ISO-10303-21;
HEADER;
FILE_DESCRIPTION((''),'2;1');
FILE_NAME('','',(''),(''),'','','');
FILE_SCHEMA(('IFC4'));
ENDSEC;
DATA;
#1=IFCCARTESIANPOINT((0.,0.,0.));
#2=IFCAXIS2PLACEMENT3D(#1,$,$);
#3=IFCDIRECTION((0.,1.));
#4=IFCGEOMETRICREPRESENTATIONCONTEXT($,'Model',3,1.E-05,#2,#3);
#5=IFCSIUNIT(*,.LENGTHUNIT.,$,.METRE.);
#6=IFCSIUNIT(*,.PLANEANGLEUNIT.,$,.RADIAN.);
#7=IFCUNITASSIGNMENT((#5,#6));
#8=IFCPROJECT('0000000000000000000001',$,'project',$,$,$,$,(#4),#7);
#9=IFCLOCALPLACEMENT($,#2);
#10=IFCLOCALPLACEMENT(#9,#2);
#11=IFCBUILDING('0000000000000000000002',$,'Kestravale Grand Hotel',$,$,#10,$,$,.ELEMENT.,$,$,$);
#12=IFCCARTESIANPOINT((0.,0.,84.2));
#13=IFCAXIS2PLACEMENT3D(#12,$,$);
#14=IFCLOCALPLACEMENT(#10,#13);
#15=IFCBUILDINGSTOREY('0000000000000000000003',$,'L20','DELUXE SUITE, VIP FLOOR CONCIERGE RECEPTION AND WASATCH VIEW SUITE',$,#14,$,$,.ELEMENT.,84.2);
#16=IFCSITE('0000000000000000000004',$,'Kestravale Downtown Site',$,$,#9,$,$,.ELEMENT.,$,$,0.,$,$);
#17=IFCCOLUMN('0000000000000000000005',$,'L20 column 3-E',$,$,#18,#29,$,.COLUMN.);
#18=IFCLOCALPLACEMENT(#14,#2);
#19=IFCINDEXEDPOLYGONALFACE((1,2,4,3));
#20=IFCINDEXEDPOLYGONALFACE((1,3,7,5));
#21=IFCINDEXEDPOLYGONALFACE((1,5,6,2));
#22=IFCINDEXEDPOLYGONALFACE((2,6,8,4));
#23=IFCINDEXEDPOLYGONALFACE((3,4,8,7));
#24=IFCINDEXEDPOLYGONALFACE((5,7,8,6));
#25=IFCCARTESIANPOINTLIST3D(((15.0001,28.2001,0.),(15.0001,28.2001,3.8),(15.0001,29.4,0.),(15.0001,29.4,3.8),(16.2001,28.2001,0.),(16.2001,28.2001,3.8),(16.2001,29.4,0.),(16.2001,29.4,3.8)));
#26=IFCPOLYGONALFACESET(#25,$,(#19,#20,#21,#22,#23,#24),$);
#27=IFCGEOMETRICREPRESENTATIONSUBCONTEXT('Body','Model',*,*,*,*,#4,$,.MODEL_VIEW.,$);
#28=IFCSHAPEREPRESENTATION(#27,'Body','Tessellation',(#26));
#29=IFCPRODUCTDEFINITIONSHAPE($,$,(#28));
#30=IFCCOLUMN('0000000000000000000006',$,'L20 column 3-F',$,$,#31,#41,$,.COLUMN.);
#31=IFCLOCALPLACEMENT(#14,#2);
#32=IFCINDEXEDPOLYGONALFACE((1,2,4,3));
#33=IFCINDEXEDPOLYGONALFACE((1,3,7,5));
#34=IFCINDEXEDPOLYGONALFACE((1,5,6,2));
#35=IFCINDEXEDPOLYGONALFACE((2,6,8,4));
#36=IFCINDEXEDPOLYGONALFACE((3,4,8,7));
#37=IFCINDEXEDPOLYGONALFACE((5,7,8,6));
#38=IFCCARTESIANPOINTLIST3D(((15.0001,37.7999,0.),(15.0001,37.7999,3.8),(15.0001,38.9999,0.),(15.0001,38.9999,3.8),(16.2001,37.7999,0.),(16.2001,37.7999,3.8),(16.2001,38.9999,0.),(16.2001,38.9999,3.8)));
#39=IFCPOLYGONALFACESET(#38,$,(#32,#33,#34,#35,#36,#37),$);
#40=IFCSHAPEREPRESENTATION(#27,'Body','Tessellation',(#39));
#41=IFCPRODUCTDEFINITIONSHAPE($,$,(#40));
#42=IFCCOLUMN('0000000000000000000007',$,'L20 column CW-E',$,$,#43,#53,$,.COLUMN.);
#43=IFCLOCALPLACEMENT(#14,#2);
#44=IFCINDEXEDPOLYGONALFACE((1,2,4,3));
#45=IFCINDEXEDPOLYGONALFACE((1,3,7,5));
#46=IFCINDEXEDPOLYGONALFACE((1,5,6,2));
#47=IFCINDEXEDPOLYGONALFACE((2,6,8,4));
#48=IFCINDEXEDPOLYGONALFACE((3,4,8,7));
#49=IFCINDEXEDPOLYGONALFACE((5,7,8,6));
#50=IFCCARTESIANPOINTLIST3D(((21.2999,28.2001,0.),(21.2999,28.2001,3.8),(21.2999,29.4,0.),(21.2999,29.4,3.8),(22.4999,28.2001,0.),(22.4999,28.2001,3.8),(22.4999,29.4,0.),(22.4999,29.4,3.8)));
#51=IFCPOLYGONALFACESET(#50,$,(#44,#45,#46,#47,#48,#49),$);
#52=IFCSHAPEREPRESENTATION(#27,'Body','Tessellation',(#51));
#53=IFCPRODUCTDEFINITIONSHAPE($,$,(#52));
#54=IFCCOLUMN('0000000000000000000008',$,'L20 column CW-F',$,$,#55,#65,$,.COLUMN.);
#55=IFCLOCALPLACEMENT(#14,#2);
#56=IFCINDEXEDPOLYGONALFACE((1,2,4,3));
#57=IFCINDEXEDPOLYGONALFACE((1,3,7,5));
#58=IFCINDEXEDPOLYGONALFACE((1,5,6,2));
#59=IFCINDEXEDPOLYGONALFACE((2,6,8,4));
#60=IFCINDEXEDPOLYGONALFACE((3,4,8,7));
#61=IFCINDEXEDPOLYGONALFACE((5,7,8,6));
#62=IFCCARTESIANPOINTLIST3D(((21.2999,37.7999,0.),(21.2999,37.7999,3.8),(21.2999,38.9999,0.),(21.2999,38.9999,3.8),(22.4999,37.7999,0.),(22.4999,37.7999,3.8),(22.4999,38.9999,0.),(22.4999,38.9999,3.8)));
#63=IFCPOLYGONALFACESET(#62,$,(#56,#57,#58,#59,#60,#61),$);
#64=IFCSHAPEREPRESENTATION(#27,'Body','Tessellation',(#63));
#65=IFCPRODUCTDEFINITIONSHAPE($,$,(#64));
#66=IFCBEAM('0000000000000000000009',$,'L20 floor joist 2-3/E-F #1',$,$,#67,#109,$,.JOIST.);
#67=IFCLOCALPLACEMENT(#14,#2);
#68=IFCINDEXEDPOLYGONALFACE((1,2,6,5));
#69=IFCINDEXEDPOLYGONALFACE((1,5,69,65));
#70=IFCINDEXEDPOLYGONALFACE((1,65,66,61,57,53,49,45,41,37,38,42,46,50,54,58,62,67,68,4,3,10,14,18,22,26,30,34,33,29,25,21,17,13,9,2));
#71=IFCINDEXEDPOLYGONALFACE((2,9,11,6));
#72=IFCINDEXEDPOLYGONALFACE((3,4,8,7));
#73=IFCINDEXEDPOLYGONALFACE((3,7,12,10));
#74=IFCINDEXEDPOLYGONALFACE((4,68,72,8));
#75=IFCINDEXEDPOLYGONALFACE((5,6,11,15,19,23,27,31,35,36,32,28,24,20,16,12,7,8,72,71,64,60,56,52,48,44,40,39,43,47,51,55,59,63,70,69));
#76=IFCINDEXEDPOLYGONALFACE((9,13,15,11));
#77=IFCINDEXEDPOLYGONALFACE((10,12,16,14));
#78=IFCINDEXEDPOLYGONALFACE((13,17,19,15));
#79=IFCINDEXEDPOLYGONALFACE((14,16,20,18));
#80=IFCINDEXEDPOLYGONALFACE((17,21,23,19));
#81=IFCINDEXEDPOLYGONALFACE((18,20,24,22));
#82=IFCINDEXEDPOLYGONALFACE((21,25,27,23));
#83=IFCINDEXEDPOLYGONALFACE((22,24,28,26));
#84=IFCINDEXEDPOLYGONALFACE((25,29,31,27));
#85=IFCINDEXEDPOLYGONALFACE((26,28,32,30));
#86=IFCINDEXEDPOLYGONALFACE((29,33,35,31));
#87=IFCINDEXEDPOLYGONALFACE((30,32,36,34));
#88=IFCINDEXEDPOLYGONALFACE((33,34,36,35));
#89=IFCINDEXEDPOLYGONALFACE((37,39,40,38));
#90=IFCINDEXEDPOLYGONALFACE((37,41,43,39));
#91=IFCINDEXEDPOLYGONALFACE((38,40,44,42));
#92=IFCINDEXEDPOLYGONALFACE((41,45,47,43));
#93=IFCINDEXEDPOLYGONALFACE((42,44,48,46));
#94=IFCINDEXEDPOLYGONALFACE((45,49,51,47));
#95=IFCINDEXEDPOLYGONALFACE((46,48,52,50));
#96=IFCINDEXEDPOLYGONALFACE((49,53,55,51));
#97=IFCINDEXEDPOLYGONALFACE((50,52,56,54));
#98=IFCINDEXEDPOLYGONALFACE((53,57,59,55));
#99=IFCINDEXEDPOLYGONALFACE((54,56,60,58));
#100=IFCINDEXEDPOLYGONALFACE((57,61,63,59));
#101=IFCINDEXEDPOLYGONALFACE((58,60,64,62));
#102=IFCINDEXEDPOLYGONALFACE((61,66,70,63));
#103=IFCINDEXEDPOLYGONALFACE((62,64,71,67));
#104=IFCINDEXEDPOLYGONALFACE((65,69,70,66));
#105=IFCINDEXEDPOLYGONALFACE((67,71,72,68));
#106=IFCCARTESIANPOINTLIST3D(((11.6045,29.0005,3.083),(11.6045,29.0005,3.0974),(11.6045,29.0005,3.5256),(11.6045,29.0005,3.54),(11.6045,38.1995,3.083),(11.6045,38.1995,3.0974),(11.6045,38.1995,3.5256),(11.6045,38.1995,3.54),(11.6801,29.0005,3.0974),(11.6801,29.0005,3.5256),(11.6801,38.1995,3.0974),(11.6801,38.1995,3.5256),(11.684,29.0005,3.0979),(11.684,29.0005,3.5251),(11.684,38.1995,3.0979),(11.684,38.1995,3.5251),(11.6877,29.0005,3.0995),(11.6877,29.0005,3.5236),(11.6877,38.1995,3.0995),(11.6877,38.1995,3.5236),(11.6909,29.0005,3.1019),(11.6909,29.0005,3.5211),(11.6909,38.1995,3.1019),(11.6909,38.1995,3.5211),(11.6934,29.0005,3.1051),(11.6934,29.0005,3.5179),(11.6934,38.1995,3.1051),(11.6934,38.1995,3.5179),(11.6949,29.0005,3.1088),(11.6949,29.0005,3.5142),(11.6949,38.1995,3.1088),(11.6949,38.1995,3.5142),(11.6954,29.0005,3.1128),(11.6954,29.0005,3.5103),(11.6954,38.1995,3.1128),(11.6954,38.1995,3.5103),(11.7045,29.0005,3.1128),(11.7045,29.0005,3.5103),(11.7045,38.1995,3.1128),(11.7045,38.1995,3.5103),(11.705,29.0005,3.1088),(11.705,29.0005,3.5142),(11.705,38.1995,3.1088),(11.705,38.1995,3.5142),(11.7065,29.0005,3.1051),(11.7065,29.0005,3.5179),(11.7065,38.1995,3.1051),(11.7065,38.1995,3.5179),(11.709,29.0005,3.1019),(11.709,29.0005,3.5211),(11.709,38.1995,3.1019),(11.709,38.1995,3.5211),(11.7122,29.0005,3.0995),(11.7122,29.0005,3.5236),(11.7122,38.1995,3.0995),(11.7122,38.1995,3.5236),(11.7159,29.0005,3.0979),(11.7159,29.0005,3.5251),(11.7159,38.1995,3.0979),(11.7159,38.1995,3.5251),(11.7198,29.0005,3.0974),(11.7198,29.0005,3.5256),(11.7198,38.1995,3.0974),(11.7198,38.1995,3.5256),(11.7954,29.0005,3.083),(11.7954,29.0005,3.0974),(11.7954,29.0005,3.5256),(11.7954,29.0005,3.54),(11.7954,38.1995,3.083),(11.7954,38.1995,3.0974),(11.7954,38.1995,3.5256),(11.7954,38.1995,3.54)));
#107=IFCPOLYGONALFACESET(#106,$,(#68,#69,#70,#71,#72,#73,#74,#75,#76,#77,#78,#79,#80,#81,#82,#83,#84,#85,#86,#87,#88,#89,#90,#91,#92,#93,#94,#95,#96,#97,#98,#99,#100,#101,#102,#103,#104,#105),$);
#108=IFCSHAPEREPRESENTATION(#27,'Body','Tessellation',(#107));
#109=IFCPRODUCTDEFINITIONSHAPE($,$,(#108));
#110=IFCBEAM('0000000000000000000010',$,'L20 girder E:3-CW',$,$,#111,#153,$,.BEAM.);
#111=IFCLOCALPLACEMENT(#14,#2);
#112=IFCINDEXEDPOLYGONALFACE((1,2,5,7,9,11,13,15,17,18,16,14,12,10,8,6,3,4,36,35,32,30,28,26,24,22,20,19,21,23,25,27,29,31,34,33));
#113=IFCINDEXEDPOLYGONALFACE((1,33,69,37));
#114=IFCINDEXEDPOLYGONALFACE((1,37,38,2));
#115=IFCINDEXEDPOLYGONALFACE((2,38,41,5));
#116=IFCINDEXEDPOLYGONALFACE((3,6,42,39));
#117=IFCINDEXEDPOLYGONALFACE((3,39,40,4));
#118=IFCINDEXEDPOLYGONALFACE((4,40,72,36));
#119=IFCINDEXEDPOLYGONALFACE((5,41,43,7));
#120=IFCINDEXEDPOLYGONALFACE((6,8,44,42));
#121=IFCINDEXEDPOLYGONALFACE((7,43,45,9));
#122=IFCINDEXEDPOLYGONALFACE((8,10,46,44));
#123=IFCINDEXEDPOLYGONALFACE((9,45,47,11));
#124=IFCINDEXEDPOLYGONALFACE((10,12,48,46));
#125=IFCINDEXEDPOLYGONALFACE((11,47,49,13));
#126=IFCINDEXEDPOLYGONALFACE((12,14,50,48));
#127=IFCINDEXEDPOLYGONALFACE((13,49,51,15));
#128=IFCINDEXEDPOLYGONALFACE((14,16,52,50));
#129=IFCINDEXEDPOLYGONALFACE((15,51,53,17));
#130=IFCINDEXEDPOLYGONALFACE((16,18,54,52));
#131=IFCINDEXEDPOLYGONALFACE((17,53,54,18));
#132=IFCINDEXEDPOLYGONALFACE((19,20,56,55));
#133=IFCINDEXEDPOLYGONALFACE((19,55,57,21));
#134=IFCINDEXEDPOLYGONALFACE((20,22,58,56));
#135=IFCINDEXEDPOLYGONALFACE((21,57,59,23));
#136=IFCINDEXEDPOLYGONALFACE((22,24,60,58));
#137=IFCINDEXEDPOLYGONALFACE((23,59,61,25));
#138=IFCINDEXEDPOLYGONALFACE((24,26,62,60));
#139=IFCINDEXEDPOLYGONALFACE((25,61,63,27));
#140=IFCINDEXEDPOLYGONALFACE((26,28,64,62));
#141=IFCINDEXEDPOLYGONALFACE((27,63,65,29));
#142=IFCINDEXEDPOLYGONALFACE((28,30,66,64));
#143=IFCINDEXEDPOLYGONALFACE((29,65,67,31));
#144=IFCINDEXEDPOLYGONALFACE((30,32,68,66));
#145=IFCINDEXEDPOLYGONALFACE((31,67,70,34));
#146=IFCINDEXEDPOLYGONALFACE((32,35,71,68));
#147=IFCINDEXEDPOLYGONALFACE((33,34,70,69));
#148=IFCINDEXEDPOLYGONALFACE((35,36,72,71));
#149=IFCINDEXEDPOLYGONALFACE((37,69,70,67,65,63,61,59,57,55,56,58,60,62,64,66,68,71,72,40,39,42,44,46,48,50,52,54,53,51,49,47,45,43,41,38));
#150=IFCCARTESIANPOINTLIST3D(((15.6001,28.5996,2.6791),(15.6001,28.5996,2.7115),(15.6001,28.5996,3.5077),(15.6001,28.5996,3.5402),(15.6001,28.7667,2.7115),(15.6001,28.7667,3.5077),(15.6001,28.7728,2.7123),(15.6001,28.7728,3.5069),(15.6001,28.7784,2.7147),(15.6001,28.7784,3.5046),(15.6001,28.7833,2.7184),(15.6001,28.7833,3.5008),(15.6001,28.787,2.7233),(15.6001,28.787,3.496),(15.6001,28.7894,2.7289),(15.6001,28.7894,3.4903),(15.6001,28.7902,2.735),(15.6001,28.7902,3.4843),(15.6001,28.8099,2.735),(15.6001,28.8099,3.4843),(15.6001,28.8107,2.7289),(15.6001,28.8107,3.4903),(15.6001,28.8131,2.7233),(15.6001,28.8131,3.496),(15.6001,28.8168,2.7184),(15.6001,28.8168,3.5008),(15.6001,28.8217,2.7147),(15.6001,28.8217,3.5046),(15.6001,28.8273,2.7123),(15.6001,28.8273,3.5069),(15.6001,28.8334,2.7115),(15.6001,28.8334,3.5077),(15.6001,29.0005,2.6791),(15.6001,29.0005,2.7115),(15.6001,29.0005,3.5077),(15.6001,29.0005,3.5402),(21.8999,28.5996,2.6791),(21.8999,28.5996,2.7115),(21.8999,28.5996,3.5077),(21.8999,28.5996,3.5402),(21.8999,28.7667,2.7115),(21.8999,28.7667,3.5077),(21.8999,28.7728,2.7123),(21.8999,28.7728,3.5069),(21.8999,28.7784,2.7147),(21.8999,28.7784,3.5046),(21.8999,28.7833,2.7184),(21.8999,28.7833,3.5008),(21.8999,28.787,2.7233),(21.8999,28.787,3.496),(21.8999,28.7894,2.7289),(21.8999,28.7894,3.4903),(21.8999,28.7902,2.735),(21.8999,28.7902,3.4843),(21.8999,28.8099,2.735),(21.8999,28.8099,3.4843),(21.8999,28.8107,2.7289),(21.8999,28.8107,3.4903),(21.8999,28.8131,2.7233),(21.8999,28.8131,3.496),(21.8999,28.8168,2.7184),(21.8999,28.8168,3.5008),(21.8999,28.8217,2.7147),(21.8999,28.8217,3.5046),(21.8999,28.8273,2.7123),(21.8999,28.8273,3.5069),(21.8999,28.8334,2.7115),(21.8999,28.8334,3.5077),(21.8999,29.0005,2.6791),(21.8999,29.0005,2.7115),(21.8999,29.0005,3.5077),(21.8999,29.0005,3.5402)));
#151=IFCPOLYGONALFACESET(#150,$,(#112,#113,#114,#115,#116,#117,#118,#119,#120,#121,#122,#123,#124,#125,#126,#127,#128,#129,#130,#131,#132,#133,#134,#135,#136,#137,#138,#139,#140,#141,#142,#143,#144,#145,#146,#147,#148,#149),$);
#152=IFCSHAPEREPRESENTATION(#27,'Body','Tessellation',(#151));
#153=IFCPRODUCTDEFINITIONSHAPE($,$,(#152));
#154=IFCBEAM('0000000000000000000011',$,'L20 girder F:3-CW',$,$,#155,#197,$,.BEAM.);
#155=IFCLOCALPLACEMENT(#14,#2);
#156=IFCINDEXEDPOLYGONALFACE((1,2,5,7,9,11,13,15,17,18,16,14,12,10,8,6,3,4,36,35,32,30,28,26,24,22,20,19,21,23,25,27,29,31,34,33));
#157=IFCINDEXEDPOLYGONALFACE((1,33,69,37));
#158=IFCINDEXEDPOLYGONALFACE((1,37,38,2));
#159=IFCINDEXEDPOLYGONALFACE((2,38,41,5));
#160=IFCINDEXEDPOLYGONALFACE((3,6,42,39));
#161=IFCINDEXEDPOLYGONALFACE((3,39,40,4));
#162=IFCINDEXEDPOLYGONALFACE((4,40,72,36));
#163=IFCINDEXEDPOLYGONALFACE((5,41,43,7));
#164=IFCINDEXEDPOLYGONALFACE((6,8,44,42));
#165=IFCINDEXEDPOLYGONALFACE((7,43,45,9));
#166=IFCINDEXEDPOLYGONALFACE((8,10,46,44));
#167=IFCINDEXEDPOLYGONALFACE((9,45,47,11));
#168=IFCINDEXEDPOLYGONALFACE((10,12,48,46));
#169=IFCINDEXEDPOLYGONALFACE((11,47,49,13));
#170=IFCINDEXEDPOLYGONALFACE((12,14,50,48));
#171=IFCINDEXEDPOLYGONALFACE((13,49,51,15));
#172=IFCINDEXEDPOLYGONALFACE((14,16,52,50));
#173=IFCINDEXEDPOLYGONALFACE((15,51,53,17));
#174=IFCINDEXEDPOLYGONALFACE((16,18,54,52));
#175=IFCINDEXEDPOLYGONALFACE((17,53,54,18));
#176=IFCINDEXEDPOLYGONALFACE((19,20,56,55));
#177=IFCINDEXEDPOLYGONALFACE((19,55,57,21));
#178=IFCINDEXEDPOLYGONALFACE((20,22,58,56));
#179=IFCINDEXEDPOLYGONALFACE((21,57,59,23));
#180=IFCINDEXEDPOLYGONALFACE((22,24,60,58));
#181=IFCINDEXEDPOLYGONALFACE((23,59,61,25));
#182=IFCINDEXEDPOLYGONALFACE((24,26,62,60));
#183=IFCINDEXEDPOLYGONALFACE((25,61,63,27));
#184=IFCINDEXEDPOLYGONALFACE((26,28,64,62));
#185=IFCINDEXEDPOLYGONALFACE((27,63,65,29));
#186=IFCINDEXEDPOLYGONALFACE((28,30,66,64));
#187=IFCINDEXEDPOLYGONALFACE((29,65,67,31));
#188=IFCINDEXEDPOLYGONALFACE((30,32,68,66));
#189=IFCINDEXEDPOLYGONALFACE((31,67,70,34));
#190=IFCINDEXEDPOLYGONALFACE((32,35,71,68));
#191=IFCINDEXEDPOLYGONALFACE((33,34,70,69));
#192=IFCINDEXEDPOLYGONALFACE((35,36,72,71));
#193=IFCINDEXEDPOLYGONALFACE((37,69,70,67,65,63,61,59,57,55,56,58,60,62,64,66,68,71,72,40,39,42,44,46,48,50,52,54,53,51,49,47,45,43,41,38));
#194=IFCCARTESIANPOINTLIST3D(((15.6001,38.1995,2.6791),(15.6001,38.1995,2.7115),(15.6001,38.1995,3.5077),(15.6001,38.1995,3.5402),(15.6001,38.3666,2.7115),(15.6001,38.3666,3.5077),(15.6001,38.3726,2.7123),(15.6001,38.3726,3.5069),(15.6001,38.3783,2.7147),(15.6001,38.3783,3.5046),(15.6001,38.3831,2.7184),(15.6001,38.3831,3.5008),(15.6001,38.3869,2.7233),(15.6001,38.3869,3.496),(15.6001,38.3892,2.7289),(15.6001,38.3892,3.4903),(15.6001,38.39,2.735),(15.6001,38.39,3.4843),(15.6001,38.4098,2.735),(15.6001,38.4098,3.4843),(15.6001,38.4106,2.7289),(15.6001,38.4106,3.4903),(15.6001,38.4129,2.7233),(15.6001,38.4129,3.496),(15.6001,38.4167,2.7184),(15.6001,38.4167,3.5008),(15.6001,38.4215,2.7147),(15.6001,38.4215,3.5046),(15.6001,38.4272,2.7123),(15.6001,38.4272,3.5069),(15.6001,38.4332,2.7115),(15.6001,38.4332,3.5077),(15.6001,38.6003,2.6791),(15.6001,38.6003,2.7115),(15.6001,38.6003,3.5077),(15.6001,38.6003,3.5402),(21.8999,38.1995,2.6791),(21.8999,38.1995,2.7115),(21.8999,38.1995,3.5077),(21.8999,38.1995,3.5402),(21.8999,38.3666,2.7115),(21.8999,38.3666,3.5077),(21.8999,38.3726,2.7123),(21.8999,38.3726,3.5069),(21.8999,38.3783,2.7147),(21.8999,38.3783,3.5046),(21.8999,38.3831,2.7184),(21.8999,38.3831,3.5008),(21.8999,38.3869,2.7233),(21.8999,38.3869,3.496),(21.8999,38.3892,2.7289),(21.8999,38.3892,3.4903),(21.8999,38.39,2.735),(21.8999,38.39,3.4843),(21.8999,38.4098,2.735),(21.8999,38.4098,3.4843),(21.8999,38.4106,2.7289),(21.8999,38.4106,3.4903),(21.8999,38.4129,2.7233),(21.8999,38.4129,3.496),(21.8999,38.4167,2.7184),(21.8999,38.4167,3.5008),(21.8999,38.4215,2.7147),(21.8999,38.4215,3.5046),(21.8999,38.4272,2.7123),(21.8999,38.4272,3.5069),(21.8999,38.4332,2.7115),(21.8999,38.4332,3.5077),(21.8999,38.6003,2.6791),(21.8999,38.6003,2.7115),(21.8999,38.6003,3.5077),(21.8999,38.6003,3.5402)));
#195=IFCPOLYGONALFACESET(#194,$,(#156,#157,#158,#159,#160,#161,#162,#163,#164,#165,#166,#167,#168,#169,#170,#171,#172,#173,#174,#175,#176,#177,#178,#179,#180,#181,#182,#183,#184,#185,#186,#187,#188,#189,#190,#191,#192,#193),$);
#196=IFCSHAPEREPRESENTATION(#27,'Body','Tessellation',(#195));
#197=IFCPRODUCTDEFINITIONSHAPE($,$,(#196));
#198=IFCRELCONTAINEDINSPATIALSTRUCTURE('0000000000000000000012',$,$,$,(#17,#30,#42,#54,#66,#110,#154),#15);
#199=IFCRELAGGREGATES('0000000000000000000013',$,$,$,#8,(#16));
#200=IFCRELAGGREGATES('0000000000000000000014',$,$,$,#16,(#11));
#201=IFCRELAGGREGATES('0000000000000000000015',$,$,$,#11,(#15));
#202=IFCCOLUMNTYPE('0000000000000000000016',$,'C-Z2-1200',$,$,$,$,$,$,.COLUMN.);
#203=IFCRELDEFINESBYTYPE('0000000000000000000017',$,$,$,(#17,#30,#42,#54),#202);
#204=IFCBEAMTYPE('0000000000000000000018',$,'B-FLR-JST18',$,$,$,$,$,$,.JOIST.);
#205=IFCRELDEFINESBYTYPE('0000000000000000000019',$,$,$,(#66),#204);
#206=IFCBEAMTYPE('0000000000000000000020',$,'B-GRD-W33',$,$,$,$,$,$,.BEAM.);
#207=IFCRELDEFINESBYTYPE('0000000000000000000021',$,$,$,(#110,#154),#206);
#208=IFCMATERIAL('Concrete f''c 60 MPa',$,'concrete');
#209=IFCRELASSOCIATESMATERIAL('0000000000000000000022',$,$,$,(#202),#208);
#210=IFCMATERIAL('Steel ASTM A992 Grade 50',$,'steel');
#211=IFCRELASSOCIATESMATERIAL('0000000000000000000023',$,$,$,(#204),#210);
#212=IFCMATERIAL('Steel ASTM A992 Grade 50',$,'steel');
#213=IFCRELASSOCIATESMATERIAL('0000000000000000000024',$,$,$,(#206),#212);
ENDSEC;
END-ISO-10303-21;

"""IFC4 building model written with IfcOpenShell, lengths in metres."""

from ifc_helpers import new_model, si_unit, direction, frame, origin, origin_2d, place, context, subcontext, project, spatial, rectangle, i_section, extrude, material, material_profile, profile_set, type_object, element, save


model = new_model("IFC4")

# Units and contexts
model_context = context("Model", 3, precision=1e-05, world=origin(), true_north=direction((0.0, 1.0)))
body_context = subcontext(model_context, "Body", "Model", "MODEL_VIEW")
ifc_project = project(units=[si_unit("LENGTHUNIT", "METRE"), si_unit("PLANEANGLEUNIT", "RADIAN")], contexts=[model_context])

# Site, building, storey
site_placement = place(None, origin())
site = spatial("IfcSite", under=ifc_project, at=site_placement, Name="Kestravale Downtown Site", CompositionType="ELEMENT", RefElevation=0.0)
building_placement = place(site_placement, origin())
building = spatial("IfcBuilding", under=site, at=building_placement, Name="Kestravale Grand Hotel", CompositionType="ELEMENT")
storey_placement = place(building_placement, frame((0.0, 0.0, 84.2)))
storey = spatial("IfcBuildingStorey", under=building, at=storey_placement, Name="L20", Description="DELUXE SUITE, VIP FLOOR CONCIERGE RECEPTION AND WASATCH VIEW SUITE", CompositionType="ELEMENT", Elevation=84.2)

# Columns
ifc_material_1 = material(Name="Concrete f'c 60 MPa", Category="concrete")
ifc_material_profile_1 = material_profile(ifc_material_1, rectangle(XDim=1.2, YDim=1.2, at=origin_2d()))
ifc_profile_set_1 = profile_set([ifc_material_profile_1], Name="Concrete f'c 60 MPa")
column_type = type_object("IfcColumnType", Name="C-Z2-1200", PredefinedType="COLUMN", material=ifc_profile_set_1)
for number, where, z_axis, x_axis, name in (
    (1, (15.6001, 28.8, 0.0), (0.0, 0.0, 1.0), (1.0, 0.0, 0.0), "L20 column 3-E"),
    (2, (15.6001, 38.3999, 0.0), (0.0, 0.0, 1.0), (1.0, 0.0, 0.0), "L20 column 3-F"),
    (3, (21.8999, 28.8, 0.0), (0.0, 0.0, 1.0), (1.0, 0.0, 0.0), "L20 column CW-E"),
    (4, (21.8999, 38.3999, 0.0), (0.0, 0.0, 1.0), (1.0, 0.0, 0.0), "L20 column CW-F"),
):
    element("IfcColumn", number, at=place(storey_placement, frame(where, z_axis=z_axis, x_axis=x_axis)), inside=storey, type_object=column_type, Name=name, PredefinedType="COLUMN", context=body_context, shape_type="SweptSolid", body=[
        extrude(rectangle(XDim=1.2, YDim=1.2, at=origin_2d()), origin(), (0.0, 0.0, 1.0), 3.8),
    ])

# Beams
ifc_material_2 = material(Name="Steel ASTM A992 Grade 50", Category="steel")
ifc_material_profile_2 = material_profile(ifc_material_2, i_section(OverallWidth=0.1909, OverallDepth=0.457, WebThickness=0.009, FlangeThickness=0.0144, FilletRadius=0.0154, at=origin_2d()))
ifc_profile_set_2 = profile_set([ifc_material_profile_2], Name="Steel ASTM A992 Grade 50")
beam_type_1 = type_object("IfcBeamType", Name="B-FLR-JST18", PredefinedType="JOIST", material=ifc_profile_set_2)
beam_1_placement = place(storey_placement, frame((11.7, 29.0005, 3.3115), z_axis=(0.0, 1.0, 0.0), x_axis=(-1.0, 0.0, 0.0)))
element("IfcBeam", 5, at=beam_1_placement, inside=storey, type_object=beam_type_1, Name="L20 floor joist 2-3/E-F #1", PredefinedType="JOIST", context=body_context, shape_type="SweptSolid", body=[
    extrude(i_section(OverallWidth=0.1909, OverallDepth=0.457, WebThickness=0.009, FlangeThickness=0.0144, FilletRadius=0.0154, at=origin_2d()), origin(), (0.0, 0.0, 1.0), 9.199),
])
ifc_material_3 = material(Name="Steel ASTM A992 Grade 50", Category="steel")
ifc_material_profile_3 = material_profile(ifc_material_3, i_section(OverallWidth=0.4009, OverallDepth=0.8611, WebThickness=0.0198, FlangeThickness=0.0325, FilletRadius=0.0234, at=origin_2d()))
ifc_profile_set_3 = profile_set([ifc_material_profile_3], Name="Steel ASTM A992 Grade 50")
beam_type_2 = type_object("IfcBeamType", Name="B-GRD-W33", PredefinedType="BEAM", material=ifc_profile_set_3)
for number, where, z_axis, x_axis, name in (
    (6, (15.6001, 28.8, 3.1096), (1.0, 0.0, 0.0), (0.0, 1.0, 0.0), "L20 girder E:3-CW"),
    (7, (15.6001, 38.3999, 3.1096), (1.0, 0.0, 0.0), (0.0, 1.0, 0.0), "L20 girder F:3-CW"),
):
    element("IfcBeam", number, at=place(storey_placement, frame(where, z_axis=z_axis, x_axis=x_axis)), inside=storey, type_object=beam_type_2, Name=name, PredefinedType="BEAM", context=body_context, shape_type="SweptSolid", body=[
        extrude(i_section(OverallWidth=0.4009, OverallDepth=0.8611, WebThickness=0.0198, FlangeThickness=0.0325, FilletRadius=0.0234, at=origin_2d()), origin(), (0.0, 0.0, 1.0), 6.2998),
    ])

save(model, "model.ifc")
